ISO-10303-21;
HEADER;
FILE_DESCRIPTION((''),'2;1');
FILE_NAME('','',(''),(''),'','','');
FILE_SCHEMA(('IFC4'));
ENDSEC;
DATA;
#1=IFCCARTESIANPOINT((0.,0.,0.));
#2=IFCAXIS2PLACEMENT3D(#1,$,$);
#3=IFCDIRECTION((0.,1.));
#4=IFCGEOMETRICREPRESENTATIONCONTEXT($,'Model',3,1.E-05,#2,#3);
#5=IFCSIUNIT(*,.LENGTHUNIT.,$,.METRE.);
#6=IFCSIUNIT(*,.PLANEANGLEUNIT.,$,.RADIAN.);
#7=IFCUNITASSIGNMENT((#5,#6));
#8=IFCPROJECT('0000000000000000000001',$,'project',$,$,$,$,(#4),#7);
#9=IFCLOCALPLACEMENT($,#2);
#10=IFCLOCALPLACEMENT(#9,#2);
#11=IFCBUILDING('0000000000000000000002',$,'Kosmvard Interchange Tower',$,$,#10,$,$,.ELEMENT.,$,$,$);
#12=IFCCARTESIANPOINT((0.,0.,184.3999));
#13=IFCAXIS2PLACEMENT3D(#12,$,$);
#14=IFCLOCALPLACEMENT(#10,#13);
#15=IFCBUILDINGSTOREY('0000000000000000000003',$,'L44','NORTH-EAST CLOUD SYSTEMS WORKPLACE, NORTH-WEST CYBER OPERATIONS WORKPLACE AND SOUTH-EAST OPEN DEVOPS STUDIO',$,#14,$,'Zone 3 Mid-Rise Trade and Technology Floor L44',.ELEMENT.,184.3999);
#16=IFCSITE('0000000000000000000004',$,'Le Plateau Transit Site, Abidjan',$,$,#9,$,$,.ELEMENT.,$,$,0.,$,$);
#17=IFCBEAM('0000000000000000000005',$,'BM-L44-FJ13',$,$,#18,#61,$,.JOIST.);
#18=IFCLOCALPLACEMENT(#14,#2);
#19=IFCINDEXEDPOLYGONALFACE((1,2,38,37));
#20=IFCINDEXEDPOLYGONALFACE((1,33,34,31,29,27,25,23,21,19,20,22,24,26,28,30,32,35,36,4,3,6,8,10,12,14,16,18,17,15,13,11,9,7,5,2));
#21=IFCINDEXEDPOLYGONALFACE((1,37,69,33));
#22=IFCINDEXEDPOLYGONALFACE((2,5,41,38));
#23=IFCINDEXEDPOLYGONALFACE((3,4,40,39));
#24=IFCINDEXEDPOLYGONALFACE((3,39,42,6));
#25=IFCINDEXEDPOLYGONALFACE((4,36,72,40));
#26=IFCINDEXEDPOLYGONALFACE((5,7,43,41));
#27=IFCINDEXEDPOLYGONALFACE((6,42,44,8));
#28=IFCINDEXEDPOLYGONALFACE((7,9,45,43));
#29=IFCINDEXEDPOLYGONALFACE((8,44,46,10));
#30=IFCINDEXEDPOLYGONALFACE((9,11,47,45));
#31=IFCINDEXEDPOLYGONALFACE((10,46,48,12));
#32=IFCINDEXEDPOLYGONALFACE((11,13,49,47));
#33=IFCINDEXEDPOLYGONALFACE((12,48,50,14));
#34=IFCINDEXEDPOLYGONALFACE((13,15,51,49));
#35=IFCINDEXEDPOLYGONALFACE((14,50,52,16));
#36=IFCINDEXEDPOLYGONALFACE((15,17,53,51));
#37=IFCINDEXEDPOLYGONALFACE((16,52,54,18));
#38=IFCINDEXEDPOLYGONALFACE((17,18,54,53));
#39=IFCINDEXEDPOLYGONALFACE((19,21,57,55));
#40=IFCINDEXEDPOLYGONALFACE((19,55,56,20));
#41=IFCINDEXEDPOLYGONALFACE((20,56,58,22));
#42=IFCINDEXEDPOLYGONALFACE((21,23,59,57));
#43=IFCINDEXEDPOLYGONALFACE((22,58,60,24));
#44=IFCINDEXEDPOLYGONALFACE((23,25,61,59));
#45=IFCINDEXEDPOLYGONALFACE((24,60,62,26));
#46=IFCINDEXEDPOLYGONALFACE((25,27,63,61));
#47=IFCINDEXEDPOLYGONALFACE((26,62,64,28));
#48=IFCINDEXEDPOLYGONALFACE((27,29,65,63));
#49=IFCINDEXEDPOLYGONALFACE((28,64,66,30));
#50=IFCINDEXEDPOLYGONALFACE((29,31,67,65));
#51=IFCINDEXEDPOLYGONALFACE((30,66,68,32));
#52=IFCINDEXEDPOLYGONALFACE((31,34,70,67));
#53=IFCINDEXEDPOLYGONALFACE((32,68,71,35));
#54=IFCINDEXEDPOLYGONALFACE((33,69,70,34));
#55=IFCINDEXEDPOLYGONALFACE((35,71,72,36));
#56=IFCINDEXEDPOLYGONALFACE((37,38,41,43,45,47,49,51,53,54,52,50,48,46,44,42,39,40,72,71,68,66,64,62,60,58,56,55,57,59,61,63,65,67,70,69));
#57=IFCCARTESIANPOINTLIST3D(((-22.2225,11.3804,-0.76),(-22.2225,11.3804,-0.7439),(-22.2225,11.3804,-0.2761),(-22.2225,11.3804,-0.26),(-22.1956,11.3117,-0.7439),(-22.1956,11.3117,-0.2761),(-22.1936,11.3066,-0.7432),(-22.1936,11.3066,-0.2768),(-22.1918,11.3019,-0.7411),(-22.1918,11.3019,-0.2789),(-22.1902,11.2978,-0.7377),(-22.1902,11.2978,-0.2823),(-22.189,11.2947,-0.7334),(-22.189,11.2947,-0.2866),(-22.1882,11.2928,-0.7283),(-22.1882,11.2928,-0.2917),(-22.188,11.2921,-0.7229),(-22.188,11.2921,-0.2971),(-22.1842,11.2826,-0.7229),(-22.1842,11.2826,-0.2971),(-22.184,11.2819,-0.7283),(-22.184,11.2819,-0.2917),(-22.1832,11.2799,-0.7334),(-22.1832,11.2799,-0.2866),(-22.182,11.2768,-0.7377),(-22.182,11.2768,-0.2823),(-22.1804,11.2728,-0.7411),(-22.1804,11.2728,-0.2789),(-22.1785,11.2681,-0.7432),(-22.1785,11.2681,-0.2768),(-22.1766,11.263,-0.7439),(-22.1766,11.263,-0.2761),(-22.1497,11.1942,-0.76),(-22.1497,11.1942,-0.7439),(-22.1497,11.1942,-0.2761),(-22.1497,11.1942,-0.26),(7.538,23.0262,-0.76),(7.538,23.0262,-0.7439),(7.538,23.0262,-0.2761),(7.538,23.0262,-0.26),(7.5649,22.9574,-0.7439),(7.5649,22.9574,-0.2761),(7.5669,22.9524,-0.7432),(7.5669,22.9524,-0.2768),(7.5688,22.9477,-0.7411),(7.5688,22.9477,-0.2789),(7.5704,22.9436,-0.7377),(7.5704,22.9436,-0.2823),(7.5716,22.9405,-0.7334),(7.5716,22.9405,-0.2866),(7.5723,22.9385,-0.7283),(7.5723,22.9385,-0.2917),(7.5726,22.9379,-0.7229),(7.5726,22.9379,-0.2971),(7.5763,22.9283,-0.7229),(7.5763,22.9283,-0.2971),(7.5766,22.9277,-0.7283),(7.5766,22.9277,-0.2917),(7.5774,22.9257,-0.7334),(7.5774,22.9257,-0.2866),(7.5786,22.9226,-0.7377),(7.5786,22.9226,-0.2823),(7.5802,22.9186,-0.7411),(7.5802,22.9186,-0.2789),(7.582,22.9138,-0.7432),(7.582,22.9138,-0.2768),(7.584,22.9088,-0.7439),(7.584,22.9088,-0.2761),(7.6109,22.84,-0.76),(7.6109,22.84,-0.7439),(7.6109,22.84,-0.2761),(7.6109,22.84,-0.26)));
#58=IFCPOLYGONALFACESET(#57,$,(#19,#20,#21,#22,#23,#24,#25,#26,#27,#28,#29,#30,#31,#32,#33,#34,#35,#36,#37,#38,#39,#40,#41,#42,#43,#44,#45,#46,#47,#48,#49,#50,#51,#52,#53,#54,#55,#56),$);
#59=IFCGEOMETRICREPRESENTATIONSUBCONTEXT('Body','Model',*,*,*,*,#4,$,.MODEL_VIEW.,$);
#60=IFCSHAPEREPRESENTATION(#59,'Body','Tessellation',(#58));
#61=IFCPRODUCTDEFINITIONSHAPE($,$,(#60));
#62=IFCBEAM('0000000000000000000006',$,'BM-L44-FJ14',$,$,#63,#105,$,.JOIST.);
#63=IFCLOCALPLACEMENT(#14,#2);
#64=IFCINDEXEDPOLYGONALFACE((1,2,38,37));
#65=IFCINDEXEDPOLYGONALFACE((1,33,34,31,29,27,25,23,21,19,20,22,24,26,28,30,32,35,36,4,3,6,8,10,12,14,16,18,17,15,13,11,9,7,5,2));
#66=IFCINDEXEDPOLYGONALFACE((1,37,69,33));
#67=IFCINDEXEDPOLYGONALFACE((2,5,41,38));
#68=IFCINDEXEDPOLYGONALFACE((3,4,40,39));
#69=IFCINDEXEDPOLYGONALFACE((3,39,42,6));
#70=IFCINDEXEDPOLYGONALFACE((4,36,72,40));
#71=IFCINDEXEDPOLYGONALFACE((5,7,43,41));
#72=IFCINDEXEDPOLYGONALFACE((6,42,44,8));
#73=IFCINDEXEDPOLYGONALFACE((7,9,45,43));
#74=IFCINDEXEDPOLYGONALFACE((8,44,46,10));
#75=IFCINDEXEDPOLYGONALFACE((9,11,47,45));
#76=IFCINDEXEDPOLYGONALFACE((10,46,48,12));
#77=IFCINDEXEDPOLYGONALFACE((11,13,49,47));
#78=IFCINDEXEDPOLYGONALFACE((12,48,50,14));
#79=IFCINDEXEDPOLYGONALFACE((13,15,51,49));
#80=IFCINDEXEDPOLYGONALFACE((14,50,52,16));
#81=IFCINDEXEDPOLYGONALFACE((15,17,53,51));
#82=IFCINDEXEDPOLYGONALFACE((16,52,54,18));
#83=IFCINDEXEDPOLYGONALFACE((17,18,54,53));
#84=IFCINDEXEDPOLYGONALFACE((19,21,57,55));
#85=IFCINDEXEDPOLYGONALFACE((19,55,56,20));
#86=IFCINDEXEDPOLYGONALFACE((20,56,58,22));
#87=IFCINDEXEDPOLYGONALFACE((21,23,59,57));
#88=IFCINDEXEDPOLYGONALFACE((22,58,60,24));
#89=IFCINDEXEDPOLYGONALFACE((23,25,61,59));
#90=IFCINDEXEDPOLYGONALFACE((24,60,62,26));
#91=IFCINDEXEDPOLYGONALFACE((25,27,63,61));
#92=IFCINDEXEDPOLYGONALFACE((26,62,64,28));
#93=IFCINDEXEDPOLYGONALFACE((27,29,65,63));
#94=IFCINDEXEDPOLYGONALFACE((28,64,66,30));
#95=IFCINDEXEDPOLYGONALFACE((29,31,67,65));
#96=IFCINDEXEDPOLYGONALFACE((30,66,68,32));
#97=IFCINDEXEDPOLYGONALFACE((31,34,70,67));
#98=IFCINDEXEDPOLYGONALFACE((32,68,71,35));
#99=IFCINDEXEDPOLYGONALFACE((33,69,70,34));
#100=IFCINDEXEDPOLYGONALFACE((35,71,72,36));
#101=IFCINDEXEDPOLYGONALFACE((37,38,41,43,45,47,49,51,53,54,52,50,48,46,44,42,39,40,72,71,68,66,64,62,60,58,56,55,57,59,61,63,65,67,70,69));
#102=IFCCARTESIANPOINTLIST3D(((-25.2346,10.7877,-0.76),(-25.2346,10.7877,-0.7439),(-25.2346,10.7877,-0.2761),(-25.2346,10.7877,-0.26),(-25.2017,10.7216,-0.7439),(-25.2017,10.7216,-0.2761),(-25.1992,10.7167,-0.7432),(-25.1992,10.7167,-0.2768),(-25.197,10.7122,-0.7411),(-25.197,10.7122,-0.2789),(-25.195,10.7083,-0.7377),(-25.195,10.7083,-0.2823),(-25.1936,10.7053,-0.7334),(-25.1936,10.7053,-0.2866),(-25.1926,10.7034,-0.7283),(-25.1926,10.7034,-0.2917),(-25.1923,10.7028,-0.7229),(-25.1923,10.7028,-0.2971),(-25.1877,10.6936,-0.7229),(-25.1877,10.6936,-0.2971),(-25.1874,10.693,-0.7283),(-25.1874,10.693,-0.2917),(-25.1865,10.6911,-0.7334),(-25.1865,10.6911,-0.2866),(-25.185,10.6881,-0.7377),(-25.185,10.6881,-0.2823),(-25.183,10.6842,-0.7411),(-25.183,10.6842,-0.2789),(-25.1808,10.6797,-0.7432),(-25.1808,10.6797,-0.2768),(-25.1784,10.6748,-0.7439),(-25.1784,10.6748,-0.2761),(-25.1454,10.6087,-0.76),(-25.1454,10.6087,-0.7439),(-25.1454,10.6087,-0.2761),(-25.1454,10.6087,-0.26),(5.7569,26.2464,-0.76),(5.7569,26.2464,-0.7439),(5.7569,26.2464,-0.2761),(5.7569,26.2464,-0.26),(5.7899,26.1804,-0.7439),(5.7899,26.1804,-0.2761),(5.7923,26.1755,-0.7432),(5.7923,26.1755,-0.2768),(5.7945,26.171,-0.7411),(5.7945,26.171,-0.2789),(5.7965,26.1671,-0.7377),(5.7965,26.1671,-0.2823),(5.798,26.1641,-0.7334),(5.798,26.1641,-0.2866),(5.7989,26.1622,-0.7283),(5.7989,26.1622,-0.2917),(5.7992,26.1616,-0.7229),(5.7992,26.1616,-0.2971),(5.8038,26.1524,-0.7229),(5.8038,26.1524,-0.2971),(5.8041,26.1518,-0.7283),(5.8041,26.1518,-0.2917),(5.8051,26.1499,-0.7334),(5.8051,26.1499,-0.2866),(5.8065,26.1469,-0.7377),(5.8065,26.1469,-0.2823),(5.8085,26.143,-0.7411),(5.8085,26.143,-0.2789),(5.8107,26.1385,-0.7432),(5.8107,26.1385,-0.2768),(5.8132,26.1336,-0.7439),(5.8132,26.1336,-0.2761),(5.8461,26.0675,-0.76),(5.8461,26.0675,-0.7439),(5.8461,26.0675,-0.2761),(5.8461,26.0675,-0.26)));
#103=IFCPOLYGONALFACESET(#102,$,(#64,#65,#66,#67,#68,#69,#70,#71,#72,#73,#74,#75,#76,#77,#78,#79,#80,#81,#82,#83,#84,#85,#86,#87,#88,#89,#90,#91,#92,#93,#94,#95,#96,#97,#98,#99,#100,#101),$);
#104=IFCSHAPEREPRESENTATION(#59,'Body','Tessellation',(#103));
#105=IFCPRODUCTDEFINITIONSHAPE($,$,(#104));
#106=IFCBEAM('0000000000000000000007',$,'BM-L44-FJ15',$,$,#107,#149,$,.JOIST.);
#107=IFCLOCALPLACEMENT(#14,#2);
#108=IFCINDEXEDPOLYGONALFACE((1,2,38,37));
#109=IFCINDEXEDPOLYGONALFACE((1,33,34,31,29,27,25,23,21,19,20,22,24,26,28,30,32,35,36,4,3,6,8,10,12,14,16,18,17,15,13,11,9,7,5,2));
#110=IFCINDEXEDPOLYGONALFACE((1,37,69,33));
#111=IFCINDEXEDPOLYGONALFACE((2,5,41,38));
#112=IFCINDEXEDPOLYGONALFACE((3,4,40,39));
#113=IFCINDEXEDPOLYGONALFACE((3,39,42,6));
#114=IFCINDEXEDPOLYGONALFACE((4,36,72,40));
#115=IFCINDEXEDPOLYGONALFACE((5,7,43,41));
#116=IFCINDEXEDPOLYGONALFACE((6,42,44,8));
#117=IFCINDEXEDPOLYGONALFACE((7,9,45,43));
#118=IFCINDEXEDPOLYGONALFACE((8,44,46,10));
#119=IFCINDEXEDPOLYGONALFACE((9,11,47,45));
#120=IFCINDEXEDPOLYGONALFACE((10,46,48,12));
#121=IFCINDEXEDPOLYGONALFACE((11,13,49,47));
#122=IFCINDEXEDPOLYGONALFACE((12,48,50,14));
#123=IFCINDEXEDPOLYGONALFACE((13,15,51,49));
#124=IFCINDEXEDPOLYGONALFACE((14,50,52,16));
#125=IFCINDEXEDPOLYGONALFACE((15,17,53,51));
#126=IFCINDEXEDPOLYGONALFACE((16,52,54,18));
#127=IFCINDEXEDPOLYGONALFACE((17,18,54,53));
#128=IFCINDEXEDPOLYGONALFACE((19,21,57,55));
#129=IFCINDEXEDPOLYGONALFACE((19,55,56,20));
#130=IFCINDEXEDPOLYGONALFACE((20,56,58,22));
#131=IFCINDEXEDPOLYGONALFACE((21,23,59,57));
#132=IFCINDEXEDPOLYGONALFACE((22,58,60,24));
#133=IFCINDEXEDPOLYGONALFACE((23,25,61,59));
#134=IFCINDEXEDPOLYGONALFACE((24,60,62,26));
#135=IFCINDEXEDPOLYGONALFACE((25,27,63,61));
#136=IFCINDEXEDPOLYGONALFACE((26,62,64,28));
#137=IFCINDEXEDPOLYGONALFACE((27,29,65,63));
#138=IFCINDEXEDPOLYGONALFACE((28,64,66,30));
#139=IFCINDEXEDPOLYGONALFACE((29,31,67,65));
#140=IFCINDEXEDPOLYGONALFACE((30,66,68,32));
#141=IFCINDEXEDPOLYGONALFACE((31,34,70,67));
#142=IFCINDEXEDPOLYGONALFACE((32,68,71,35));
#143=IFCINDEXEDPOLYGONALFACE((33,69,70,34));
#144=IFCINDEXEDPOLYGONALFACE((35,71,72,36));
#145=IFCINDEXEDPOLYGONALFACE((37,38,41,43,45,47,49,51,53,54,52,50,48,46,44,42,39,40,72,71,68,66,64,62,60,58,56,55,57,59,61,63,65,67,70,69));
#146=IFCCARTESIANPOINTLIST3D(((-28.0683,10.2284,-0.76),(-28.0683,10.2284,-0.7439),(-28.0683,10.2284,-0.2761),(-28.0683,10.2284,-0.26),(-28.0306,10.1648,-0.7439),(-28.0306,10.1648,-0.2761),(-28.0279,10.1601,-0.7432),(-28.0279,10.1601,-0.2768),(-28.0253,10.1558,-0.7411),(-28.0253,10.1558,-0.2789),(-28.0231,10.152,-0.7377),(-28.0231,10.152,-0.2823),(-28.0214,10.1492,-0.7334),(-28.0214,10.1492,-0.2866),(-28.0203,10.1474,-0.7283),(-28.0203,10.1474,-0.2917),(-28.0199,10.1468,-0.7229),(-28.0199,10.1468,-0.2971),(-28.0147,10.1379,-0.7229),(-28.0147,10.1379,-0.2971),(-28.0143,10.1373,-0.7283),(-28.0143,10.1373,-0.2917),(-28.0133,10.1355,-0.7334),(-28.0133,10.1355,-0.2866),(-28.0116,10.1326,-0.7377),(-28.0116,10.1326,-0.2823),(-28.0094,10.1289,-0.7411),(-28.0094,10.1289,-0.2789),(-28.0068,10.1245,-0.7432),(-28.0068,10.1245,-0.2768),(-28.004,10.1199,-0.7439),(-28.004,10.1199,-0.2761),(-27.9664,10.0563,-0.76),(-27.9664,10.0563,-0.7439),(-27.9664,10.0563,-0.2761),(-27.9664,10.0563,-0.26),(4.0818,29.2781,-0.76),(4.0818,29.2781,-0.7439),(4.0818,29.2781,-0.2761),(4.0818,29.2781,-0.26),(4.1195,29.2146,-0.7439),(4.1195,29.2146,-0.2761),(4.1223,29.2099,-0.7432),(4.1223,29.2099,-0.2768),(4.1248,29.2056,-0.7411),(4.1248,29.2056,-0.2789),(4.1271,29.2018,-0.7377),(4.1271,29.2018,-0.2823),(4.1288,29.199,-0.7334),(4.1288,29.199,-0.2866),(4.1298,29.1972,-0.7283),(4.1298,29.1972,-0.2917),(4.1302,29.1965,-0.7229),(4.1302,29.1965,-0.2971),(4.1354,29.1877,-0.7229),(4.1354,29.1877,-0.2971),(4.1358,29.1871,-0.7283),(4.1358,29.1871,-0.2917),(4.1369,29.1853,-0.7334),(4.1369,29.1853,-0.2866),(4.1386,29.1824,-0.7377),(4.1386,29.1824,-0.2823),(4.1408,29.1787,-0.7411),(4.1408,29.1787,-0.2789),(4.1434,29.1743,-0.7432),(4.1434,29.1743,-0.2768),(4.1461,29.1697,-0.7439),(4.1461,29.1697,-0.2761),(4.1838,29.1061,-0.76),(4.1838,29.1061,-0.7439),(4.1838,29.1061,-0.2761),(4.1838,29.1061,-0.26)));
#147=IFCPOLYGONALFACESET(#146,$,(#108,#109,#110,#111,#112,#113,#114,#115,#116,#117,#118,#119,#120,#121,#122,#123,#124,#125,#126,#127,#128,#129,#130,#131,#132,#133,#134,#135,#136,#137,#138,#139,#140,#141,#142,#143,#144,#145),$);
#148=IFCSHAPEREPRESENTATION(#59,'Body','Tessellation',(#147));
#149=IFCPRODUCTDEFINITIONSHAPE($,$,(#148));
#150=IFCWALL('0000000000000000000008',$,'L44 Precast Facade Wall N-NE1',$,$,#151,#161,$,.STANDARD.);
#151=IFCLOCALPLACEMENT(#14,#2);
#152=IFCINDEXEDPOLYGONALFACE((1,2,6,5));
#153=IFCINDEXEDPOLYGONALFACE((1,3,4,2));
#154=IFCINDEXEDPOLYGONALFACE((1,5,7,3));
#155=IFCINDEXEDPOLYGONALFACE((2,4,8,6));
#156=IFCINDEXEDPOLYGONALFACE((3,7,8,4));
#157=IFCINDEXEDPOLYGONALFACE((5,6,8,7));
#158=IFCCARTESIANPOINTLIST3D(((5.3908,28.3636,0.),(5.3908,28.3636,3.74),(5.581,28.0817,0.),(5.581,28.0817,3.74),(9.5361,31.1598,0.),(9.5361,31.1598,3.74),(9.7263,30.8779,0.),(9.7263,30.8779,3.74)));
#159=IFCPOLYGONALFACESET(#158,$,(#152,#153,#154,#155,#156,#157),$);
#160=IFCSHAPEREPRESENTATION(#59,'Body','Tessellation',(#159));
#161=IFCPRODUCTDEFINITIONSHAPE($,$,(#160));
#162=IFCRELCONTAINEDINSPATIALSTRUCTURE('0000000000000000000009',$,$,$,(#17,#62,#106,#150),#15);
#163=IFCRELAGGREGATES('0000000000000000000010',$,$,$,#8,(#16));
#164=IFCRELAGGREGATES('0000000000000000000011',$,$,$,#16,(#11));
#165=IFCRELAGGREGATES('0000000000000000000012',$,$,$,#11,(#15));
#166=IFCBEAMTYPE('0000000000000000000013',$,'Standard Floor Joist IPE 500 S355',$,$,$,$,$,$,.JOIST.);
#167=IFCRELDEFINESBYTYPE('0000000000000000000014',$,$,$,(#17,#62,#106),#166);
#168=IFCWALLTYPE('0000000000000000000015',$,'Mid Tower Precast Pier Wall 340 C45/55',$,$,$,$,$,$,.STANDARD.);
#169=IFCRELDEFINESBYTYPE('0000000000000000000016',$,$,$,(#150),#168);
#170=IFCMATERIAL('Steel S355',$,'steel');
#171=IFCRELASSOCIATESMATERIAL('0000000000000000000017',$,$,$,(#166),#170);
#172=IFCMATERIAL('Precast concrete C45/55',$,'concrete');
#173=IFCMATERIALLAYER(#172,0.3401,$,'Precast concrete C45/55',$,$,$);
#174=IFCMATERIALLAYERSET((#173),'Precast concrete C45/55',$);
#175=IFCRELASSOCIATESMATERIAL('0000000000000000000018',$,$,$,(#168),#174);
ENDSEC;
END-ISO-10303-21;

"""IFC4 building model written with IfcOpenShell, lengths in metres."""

from ifc_helpers import new_model, si_unit, direction, frame, frame_2d, origin, origin_2d, place, context, subcontext, project, spatial, rectangle, i_section, extrude, source, transform, mapped, material, layer, layer_set, material_profile, profile_set, type_object, element, save


model = new_model("IFC4")

# Units and contexts
model_context = context("Model", 3, precision=1e-05, world=origin(), true_north=direction((0.0, 1.0)))
body_context = subcontext(model_context, "Body", "Model", "MODEL_VIEW")
ifc_project = project(units=[si_unit("LENGTHUNIT", "METRE"), si_unit("PLANEANGLEUNIT", "RADIAN")], contexts=[model_context])

# Site, building, storey
site_placement = place(None, origin())
site = spatial("IfcSite", under=ifc_project, at=site_placement, Name="Le Plateau Transit Site, Abidjan", CompositionType="ELEMENT", RefElevation=0.0)
building_placement = place(site_placement, origin())
building = spatial("IfcBuilding", under=site, at=building_placement, Name="Kosmvard Interchange Tower", CompositionType="ELEMENT")
storey_placement = place(building_placement, frame((0.0, 0.0, 184.3999)))
storey = spatial("IfcBuildingStorey", under=building, at=storey_placement, Name="L44", Description="NORTH-EAST CLOUD SYSTEMS WORKPLACE, NORTH-WEST CYBER OPERATIONS WORKPLACE AND SOUTH-EAST OPEN DEVOPS STUDIO", LongName="Zone 3 Mid-Rise Trade and Technology Floor L44", CompositionType="ELEMENT", Elevation=184.3999)

# Beams
ifc_material_1 = material(Name="Steel S355", Category="steel")
ifc_material_2 = material(Name="Precast concrete C45/55", Category="concrete")
ifc_material_profile_1 = material_profile(ifc_material_1, i_section(OverallWidth=0.2, OverallDepth=0.5, WebThickness=0.0103, FlangeThickness=0.0161, FilletRadius=0.021, at=origin_2d()), Name="IPE 500")
ifc_profile_set_1 = profile_set([ifc_material_profile_1], Name="Steel S355")
beam_type_1 = type_object("IfcBeamType", Name="Standard Floor Joist IPE 500 S355", PredefinedType="JOIST", material=ifc_profile_set_1)
shared_shape_1 = source(origin(), body_context, "Body", "SweptSolid", [
    extrude(i_section(OverallWidth=0.2, OverallDepth=0.5, WebThickness=0.0103, FlangeThickness=0.0161, FilletRadius=0.021, at=origin_2d()), origin(), (0.0, 0.0, 1.0), 31.958),
])
beam_1_placement = place(storey_placement, frame((7.5745, 22.9331, -0.51), z_axis=(-0.931239, -0.364409, 0.0), x_axis=(0.364409, -0.931239, 0.0)))
element("IfcBeam", 1, at=beam_1_placement, inside=storey, type_object=beam_type_1, Name="BM-L44-FJ13", PredefinedType="JOIST", context=body_context, shape_type="MappedRepresentation", body=[
    mapped(shared_shape_1, transform((0.0, 0.0, 0.0), scale=1.0)),
])
shared_shape_2 = source(origin(), body_context, "Body", "SweptSolid", [
    extrude(i_section(OverallWidth=0.2, OverallDepth=0.5, WebThickness=0.0103, FlangeThickness=0.0161, FilletRadius=0.021, at=origin_2d()), origin(), (0.0, 0.0, 1.0), 34.6331),
])
beam_2_placement = place(storey_placement, frame((5.8015, 26.157, -0.51), z_axis=(-0.894854, -0.446359, 0.0), x_axis=(0.446359, -0.894854, 0.0)))
element("IfcBeam", 2, at=beam_2_placement, inside=storey, type_object=beam_type_1, Name="BM-L44-FJ14", PredefinedType="JOIST", context=body_context, shape_type="MappedRepresentation", body=[
    mapped(shared_shape_2, transform((0.0, 0.0, 0.0), scale=1.0)),
])
shared_shape_3 = source(origin(), body_context, "Body", "SweptSolid", [
    extrude(i_section(OverallWidth=0.2, OverallDepth=0.5, WebThickness=0.0103, FlangeThickness=0.0161, FilletRadius=0.021, at=origin_2d()), origin(), (0.0, 0.0, 1.0), 37.3701),
])
beam_3_placement = place(storey_placement, frame((4.1328, 29.1921, -0.51), z_axis=(-0.860317, -0.50976, 0.0), x_axis=(0.50976, -0.860317, 0.0)))
element("IfcBeam", 3, at=beam_3_placement, inside=storey, type_object=beam_type_1, Name="BM-L44-FJ15", PredefinedType="JOIST", context=body_context, shape_type="MappedRepresentation", body=[
    mapped(shared_shape_3, transform((0.0, 0.0, 0.0), scale=1.0)),
])

# Wall
ifc_layer_1 = layer(ifc_material_2, 0.3401, Name="Precast concrete C45/55")
ifc_layer_set_1 = layer_set([ifc_layer_1], Name="Precast concrete C45/55")
wall_type = type_object("IfcWallType", Name="Mid Tower Precast Pier Wall 340 C45/55", PredefinedType="STANDARD", material=ifc_layer_set_1)
wall_1_placement = place(storey_placement, frame((9.6311, 31.0188, 0.0), z_axis=(0.0, 0.0, 1.0), x_axis=(-0.829026, -0.55921, 0.0)))
element("IfcWall", 4, at=wall_1_placement, inside=storey, type_object=wall_type, Name="L44 Precast Facade Wall N-NE1", PredefinedType="STANDARD", context=body_context, shape_type="SweptSolid", body=[
    extrude(rectangle(XDim=5.0002, YDim=0.3401, at=frame_2d((2.5, 0.0))), origin(), (0.0, 0.0, 1.0), 3.74),
])

save(model, "model.ifc")
